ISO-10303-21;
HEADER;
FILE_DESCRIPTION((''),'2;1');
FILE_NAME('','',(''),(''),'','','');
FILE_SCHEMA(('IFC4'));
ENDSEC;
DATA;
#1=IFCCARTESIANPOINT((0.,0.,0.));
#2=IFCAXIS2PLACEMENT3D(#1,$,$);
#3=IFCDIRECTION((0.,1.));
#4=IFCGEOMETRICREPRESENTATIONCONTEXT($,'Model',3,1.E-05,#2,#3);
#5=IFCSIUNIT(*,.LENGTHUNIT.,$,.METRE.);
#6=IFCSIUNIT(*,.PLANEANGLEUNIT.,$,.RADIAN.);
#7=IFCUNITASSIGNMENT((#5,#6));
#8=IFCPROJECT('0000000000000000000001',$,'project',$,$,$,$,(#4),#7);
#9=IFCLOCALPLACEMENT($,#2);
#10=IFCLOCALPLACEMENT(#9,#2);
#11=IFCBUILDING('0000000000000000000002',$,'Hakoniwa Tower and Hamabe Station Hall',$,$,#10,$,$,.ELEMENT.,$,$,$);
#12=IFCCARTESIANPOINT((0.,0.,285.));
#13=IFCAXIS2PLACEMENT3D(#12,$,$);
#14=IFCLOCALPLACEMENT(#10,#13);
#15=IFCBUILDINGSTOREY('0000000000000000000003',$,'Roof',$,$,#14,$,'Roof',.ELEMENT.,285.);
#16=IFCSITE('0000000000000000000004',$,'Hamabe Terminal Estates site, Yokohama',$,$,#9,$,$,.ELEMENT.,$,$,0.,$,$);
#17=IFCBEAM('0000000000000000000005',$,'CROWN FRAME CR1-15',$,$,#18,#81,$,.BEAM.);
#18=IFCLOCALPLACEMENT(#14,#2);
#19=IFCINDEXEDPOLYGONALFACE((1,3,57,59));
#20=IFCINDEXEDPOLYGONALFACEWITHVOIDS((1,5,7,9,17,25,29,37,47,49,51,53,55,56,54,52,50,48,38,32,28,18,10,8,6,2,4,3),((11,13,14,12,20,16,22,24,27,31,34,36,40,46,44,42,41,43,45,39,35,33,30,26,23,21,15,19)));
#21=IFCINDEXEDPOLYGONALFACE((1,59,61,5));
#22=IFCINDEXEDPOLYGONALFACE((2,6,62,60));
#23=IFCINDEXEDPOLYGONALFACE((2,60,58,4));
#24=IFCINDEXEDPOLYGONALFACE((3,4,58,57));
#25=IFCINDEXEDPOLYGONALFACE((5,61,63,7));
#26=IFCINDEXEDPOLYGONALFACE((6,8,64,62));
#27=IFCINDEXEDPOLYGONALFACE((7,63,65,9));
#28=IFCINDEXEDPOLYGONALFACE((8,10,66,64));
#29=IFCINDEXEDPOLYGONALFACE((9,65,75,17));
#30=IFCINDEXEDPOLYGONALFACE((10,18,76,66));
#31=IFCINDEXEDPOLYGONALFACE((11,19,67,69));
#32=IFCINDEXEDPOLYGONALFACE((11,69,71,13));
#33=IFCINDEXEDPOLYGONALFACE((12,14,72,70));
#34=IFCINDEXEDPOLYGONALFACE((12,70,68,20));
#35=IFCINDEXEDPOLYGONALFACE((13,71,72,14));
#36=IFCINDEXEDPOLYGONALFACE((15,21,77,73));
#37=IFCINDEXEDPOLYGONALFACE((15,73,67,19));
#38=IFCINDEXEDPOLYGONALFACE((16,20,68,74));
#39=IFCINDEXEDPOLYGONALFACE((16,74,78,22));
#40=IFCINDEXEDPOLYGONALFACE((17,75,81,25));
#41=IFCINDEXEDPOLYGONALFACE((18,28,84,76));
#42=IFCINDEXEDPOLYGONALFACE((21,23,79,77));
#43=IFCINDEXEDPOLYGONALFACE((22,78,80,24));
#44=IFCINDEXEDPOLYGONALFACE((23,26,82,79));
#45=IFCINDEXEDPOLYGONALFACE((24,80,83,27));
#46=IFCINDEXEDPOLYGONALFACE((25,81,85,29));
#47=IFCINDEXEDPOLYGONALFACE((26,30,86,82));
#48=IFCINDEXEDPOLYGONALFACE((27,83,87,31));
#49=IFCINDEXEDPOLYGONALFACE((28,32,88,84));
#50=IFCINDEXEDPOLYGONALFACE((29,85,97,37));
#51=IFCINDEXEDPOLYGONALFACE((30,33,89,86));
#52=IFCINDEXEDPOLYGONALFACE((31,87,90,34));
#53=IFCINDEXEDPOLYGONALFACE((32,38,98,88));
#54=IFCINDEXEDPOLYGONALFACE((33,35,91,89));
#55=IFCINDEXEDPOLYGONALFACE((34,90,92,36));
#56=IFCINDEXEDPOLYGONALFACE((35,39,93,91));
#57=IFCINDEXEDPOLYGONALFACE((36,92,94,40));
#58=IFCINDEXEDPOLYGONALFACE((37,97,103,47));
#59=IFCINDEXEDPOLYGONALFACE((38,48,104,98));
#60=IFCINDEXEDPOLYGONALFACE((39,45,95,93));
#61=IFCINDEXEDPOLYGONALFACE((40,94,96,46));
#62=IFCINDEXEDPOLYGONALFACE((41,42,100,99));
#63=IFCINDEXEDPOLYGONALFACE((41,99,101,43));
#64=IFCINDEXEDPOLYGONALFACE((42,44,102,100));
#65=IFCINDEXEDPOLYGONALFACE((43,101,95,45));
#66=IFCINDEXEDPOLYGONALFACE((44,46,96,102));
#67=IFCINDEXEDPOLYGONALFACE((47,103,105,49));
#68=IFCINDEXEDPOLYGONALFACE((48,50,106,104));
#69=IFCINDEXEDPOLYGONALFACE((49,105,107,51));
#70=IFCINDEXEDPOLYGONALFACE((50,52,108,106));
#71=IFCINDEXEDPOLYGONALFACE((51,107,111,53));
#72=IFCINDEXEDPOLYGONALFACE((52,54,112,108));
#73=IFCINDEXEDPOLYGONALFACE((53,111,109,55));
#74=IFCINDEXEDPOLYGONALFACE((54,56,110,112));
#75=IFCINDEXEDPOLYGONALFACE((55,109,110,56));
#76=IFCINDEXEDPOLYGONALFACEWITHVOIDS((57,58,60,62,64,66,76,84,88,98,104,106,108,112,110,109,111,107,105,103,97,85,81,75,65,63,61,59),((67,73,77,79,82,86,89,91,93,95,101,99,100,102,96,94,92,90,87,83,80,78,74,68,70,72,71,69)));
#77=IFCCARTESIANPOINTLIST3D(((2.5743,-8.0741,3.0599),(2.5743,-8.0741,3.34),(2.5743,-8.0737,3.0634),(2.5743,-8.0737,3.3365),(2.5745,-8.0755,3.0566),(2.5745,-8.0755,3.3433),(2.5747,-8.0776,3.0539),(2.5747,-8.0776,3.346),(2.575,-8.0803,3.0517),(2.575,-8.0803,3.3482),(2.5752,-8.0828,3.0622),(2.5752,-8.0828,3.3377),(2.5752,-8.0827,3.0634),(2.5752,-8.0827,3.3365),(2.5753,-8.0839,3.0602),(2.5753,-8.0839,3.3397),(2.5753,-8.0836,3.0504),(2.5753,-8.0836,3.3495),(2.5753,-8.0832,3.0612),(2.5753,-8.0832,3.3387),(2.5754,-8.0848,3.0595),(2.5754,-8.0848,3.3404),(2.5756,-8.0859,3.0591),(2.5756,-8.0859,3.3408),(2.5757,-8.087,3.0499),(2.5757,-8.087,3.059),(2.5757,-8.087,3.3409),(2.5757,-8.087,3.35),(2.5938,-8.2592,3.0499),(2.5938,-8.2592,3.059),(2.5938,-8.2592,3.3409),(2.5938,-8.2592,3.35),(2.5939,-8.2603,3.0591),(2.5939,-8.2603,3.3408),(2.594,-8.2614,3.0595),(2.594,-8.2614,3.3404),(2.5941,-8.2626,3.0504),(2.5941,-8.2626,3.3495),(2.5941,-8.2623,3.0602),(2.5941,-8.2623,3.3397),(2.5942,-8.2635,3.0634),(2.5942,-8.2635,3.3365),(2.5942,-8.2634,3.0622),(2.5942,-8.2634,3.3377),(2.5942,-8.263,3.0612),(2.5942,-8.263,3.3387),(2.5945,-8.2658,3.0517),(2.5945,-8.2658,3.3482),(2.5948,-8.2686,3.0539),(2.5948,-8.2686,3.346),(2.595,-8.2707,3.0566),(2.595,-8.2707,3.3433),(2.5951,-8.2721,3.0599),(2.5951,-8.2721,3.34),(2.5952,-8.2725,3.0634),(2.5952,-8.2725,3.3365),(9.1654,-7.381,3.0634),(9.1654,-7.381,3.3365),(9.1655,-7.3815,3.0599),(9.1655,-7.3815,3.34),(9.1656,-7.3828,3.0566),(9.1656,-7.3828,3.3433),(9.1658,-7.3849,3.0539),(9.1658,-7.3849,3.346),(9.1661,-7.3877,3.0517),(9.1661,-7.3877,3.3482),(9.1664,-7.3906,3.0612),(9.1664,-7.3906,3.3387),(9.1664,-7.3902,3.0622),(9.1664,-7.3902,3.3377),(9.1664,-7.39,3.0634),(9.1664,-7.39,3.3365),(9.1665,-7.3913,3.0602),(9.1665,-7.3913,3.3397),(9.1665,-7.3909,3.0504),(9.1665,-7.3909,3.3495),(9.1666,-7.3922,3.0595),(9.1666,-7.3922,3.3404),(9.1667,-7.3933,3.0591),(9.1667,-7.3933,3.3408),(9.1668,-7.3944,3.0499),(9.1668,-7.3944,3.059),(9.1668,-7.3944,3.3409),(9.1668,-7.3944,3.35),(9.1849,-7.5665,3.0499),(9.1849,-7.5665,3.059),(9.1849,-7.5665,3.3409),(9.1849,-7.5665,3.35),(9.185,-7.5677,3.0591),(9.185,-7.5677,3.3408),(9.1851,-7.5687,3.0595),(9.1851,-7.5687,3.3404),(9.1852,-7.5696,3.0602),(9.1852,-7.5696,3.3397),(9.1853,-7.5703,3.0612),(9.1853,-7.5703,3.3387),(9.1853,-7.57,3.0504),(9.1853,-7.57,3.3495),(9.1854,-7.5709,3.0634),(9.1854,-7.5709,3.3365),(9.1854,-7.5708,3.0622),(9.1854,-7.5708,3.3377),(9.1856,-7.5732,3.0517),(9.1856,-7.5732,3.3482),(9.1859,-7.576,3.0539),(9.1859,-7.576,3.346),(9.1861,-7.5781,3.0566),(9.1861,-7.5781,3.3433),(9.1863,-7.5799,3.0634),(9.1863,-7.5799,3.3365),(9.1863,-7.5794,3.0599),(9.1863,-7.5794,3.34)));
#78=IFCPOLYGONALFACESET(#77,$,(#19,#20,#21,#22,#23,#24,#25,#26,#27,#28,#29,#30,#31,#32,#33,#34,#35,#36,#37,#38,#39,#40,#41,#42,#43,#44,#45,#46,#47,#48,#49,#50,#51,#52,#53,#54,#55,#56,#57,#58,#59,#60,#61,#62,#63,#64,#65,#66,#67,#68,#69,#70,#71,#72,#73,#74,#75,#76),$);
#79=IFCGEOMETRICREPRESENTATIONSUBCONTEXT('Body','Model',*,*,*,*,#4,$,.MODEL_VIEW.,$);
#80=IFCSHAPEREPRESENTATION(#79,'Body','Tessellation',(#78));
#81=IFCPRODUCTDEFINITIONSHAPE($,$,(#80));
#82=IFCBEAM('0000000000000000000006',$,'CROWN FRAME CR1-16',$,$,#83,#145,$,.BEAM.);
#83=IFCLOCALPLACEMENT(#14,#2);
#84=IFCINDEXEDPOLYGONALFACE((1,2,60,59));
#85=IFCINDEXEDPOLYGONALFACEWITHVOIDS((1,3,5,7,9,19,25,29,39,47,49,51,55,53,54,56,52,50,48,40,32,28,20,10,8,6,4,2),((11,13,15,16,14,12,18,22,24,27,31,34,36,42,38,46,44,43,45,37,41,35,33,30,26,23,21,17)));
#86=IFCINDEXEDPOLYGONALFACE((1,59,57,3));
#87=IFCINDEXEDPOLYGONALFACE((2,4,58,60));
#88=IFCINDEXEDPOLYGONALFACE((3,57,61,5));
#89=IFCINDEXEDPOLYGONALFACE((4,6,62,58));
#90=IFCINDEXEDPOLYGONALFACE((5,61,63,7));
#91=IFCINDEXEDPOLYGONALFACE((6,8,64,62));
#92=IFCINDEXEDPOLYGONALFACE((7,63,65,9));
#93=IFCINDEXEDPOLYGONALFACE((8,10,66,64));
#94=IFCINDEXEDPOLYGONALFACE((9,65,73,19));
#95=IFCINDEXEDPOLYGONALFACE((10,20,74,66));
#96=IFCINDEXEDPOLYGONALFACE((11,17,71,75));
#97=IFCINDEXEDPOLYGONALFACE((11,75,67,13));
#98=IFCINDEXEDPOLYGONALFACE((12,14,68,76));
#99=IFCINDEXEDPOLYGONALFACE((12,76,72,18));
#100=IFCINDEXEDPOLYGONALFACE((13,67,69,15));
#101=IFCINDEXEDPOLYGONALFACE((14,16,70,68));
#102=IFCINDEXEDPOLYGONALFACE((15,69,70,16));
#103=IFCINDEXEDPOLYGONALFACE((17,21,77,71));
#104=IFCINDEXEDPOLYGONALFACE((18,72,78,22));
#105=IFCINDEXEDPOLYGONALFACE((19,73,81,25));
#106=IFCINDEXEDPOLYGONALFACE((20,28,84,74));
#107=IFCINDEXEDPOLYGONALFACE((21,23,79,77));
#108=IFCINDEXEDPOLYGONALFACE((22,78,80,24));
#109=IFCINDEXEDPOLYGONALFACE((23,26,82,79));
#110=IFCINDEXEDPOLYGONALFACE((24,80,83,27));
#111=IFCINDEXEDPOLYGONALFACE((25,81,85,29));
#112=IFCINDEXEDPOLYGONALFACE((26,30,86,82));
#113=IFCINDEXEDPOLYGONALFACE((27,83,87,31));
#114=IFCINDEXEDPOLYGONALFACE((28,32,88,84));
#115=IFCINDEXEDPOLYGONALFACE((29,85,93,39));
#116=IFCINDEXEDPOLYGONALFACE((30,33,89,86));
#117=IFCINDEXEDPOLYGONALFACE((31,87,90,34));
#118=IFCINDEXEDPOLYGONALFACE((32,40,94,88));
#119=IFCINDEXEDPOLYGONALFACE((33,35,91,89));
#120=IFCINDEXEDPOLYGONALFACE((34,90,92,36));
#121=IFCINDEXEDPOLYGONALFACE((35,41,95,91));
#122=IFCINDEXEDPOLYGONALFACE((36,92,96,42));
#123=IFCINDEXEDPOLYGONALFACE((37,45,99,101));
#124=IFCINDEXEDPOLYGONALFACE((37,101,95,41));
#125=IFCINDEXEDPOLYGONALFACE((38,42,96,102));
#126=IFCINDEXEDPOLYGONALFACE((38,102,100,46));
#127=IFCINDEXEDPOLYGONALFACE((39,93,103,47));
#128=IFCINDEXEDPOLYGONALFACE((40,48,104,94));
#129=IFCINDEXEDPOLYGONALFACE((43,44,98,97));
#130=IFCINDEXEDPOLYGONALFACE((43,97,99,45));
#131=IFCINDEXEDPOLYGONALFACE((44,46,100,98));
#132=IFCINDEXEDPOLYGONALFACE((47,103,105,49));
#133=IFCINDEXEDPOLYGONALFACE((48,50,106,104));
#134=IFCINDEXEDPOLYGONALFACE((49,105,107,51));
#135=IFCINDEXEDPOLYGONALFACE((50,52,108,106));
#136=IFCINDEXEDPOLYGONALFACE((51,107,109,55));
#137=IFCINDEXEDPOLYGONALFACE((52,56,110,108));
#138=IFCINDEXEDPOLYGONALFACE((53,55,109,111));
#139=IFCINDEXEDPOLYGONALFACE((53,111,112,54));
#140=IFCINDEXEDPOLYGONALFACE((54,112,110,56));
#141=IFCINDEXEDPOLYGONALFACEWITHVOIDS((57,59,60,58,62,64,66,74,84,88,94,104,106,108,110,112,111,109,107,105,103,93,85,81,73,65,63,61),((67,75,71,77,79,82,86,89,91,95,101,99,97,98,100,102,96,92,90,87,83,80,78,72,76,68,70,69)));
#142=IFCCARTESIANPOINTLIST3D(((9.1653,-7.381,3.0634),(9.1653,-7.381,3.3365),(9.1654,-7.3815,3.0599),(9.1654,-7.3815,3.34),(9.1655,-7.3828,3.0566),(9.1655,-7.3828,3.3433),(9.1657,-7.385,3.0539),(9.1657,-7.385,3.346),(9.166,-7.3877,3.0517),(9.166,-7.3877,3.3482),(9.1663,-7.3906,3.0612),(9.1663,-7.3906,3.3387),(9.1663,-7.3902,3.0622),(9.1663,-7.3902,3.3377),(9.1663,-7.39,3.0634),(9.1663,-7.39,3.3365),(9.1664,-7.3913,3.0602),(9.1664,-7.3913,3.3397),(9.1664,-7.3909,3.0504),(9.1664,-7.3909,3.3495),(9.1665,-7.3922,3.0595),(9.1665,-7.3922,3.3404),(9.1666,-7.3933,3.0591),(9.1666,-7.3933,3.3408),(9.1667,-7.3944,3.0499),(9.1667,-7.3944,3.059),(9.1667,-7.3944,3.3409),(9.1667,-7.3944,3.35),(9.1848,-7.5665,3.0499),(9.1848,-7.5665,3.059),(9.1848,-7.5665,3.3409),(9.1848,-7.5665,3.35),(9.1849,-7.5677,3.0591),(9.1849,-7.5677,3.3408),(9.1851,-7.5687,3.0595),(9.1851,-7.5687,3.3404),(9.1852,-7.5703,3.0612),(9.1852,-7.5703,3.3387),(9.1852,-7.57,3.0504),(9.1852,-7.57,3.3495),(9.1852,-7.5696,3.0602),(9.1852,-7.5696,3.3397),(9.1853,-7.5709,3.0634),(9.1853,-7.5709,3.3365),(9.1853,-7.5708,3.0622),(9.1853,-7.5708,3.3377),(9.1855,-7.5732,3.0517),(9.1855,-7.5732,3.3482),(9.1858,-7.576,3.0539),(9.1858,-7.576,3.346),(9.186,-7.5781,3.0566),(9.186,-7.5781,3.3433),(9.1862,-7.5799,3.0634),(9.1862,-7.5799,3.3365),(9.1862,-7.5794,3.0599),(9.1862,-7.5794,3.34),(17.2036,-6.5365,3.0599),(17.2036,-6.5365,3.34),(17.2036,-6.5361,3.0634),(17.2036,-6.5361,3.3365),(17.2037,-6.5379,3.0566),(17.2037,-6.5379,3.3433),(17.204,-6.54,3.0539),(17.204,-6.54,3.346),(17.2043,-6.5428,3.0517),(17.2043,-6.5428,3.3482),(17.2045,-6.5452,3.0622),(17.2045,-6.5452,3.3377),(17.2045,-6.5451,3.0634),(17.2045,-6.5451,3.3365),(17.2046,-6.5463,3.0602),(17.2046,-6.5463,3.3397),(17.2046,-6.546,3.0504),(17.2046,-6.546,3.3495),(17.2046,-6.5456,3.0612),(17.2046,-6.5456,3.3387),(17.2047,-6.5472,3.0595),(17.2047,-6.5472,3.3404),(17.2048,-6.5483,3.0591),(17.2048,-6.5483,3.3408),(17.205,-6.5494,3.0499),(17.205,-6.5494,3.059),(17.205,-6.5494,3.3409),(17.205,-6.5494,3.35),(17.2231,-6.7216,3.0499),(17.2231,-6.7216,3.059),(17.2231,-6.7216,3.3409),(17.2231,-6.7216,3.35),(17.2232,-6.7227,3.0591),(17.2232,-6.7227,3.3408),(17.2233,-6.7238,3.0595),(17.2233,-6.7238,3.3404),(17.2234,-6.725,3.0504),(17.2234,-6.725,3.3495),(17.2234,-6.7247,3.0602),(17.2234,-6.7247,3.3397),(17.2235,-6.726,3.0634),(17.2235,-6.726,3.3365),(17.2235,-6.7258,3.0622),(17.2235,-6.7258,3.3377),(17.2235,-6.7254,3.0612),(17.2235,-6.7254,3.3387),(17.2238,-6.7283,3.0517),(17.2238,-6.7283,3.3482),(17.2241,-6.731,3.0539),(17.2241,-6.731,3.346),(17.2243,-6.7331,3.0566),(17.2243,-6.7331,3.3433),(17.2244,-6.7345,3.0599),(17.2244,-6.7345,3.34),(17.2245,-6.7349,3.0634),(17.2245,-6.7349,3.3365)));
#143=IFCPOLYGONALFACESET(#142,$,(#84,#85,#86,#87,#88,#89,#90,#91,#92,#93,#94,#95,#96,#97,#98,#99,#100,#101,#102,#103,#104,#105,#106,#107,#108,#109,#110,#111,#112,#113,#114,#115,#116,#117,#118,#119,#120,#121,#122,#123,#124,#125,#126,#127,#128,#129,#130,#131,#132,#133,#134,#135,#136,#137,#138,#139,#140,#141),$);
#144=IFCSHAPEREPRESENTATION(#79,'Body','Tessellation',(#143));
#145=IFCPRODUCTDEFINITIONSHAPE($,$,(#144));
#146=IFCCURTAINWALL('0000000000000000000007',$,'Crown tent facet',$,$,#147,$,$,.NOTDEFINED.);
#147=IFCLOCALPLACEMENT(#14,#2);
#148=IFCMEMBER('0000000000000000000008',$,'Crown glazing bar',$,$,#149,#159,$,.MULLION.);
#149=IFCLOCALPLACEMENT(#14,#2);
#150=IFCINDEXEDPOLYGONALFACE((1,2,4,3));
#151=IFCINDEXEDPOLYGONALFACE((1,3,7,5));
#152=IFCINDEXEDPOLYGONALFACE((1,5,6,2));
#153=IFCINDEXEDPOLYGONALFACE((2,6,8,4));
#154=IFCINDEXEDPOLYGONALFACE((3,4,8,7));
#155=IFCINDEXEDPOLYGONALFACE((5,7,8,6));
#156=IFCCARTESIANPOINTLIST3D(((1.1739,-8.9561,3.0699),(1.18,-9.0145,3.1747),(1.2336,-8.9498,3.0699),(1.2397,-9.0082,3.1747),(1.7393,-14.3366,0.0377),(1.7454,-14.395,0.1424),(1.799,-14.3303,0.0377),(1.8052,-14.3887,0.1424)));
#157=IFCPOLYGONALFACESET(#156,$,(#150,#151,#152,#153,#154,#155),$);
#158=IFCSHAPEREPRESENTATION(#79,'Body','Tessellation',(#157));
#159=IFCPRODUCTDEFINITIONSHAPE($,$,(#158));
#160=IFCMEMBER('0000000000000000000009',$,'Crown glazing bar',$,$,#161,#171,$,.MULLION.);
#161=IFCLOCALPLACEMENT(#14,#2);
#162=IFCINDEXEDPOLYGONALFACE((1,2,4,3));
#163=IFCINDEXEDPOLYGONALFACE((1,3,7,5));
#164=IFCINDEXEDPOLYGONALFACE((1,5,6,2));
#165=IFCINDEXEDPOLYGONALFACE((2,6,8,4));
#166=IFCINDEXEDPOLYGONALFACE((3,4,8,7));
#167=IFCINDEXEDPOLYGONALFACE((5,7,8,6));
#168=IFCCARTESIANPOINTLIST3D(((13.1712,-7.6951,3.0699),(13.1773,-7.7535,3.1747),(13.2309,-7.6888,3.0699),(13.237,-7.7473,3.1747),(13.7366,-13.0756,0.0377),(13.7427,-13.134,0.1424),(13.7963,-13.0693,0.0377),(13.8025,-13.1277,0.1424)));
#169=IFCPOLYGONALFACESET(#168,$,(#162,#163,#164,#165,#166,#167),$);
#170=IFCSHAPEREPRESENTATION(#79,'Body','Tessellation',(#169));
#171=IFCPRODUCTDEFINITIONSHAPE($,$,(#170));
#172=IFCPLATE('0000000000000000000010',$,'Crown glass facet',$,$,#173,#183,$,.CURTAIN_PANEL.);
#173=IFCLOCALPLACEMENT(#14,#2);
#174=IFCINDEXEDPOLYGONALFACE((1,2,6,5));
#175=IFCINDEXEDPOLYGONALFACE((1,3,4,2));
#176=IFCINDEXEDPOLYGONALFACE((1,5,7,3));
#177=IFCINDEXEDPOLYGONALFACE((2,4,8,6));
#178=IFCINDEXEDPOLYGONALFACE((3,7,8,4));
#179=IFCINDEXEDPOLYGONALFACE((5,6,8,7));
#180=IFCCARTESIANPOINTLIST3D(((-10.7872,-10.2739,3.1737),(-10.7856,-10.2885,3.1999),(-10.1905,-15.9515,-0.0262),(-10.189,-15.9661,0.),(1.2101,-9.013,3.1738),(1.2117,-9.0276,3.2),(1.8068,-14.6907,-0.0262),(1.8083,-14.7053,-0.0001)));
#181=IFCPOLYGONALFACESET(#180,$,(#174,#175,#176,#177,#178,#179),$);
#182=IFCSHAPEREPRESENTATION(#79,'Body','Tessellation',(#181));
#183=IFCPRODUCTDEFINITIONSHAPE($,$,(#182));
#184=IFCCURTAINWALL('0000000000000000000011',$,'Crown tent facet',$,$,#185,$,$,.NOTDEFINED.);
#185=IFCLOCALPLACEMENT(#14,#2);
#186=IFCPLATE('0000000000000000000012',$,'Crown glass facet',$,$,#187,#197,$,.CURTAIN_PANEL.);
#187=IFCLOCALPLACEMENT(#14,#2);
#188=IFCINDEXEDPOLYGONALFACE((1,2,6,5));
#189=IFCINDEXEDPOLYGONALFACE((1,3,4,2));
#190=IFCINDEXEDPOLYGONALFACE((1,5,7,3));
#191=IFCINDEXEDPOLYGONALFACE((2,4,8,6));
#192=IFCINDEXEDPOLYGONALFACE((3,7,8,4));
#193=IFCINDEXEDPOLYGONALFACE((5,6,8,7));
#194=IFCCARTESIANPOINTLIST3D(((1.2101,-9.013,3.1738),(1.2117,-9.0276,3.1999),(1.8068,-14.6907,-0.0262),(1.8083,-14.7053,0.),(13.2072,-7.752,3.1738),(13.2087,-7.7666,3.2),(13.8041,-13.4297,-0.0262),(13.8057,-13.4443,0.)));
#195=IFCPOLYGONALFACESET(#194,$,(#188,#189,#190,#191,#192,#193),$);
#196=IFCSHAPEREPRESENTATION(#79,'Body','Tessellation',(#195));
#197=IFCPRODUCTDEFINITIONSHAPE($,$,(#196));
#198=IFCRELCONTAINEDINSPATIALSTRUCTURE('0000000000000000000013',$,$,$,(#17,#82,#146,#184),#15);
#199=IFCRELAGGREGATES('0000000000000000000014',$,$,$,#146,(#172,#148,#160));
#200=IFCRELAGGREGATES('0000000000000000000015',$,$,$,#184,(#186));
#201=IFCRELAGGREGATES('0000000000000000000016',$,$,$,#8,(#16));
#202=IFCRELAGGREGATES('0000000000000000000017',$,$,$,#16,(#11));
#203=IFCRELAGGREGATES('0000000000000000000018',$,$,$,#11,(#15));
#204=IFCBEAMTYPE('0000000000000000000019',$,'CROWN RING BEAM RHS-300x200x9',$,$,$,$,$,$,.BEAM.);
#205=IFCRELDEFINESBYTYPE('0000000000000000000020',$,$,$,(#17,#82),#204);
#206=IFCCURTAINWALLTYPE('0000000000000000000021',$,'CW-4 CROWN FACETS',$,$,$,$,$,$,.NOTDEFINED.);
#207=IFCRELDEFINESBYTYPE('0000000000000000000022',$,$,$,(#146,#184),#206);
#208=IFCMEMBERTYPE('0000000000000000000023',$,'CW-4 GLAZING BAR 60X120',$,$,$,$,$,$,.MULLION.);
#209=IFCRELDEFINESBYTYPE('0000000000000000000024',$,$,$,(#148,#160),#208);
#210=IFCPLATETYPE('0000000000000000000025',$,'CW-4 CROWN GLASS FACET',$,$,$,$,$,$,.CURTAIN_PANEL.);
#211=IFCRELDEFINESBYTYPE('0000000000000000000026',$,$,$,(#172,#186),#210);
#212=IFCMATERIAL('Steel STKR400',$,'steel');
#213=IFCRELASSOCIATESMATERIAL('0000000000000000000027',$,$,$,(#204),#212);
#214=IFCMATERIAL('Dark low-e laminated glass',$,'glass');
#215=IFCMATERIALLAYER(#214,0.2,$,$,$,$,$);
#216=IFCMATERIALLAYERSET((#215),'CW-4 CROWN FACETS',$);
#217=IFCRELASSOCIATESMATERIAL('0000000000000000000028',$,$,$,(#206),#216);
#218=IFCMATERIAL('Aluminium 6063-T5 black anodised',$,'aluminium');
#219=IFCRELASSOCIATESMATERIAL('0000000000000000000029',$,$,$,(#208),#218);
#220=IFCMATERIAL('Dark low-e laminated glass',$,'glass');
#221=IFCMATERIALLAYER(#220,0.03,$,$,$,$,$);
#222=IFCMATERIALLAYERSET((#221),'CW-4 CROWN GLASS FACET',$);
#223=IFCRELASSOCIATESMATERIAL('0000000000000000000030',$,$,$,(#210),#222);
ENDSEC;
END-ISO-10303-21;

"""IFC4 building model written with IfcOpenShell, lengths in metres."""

from ifc_helpers import new_model, si_unit, direction, frame, origin, origin_2d, place, context, subcontext, project, spatial, polyline, rectangle, hollow_rectangle, outline, extrude, material, layer, layer_set, material_profile, profile_set, type_object, element, aggregate, save


model = new_model("IFC4")

# Units and contexts
model_context = context("Model", 3, precision=1e-05, world=origin(), true_north=direction((0.0, 1.0)))
body_context = subcontext(model_context, "Body", "Model", "MODEL_VIEW")
ifc_project = project(units=[si_unit("LENGTHUNIT", "METRE"), si_unit("PLANEANGLEUNIT", "RADIAN")], contexts=[model_context])

# Site, building, storey
site_placement = place(None, origin())
site = spatial("IfcSite", under=ifc_project, at=site_placement, Name="Hamabe Terminal Estates site, Yokohama", CompositionType="ELEMENT", RefElevation=0.0)
building_placement = place(site_placement, origin())
building = spatial("IfcBuilding", under=site, at=building_placement, Name="Hakoniwa Tower and Hamabe Station Hall", CompositionType="ELEMENT")
storey_placement = place(building_placement, frame((0.0, 0.0, 285.0)))
storey = spatial("IfcBuildingStorey", under=building, at=storey_placement, Name="Roof", LongName="Roof", CompositionType="ELEMENT", Elevation=285.0)

# Beams
ifc_material_1 = material(Name="Steel STKR400", Category="steel")
ifc_material_profile_1 = material_profile(ifc_material_1, hollow_rectangle(XDim=0.2, YDim=0.3, WallThickness=0.009, InnerFilletRadius=0.0044, OuterFilletRadius=0.0134, at=origin_2d()), Name="RHS-300x200x9")
ifc_profile_set_1 = profile_set([ifc_material_profile_1], Name="Steel STKR400")
beam_type = type_object("IfcBeamType", Name="CROWN RING BEAM RHS-300x200x9", PredefinedType="BEAM", material=ifc_profile_set_1)
beam_1_placement = place(storey_placement, frame((2.5847, -8.1731, 3.2), z_axis=(0.994524, 0.10451, 0.0), x_axis=(-0.10451, 0.994524, 0.0)))
element("IfcBeam", 1, at=beam_1_placement, inside=storey, type_object=beam_type, Name="CROWN FRAME CR1-15", PredefinedType="BEAM", context=body_context, shape_type="SweptSolid", body=[
    extrude(hollow_rectangle(XDim=0.2, YDim=0.3, WallThickness=0.009, InnerFilletRadius=0.0044, OuterFilletRadius=0.0134, at=origin_2d()), origin(), (0.0, 0.0, 1.0), 6.6274),
])
beam_2_placement = place(storey_placement, frame((9.1758, -7.4805, 3.2), z_axis=(0.994521, 0.104542, 0.0), x_axis=(-0.104542, 0.994521, 0.0)))
element("IfcBeam", 2, at=beam_2_placement, inside=storey, type_object=beam_type, Name="CROWN FRAME CR1-16", PredefinedType="BEAM", context=body_context, shape_type="SweptSolid", body=[
    extrude(hollow_rectangle(XDim=0.2, YDim=0.3, WallThickness=0.009, InnerFilletRadius=0.0044, OuterFilletRadius=0.0134, at=origin_2d()), origin(), (0.0, 0.0, 1.0), 8.0825),
])

# Curtain wall, members, plate
ifc_material_2 = material(Name="Dark low-e laminated glass", Category="glass")
ifc_layer_1 = layer(ifc_material_2, 0.2)
ifc_layer_set_1 = layer_set([ifc_layer_1], Name="CW-4 CROWN FACETS")
curtain_wall_type = type_object("IfcCurtainWallType", Name="CW-4 CROWN FACETS", PredefinedType="NOTDEFINED", material=ifc_layer_set_1)
curtain_wall_1_placement = place(storey_placement, origin())
curtain_wall_1 = element("IfcCurtainWall", 3, at=curtain_wall_1_placement, inside=storey, type_object=curtain_wall_type, Name="Crown tent facet", PredefinedType="NOTDEFINED")
ifc_material_3 = material(Name="Aluminium 6063-T5 black anodised", Category="aluminium")
ifc_material_profile_2 = material_profile(ifc_material_3, rectangle(XDim=0.0601, YDim=0.1201, at=origin_2d()), Name="CW-4 GLAZING BAR 60X120")
ifc_profile_set_2 = profile_set([ifc_material_profile_2], Name="Aluminium 6063-T5 black anodised")
member_type_1 = type_object("IfcMemberType", Name="CW-4 GLAZING BAR 60X120", PredefinedType="MULLION", material=ifc_profile_set_2)
member_1_placement = place(storey_placement, frame((1.2068, -8.9822, 3.1223), z_axis=(0.091172, -0.867548, -0.488926), x_axis=(0.994523, 0.104516, 0.0)))
member_1 = element("IfcMember", 4, at=member_1_placement, type_object=member_type_1, Name="Crown glazing bar", PredefinedType="MULLION", context=body_context, shape_type="SweptSolid", body=[
    extrude(rectangle(XDim=0.0601, YDim=0.1201, at=origin_2d()), origin(), (0.0, 0.0, 1.0), 6.2019),
])
member_2_placement = place(storey_placement, frame((13.2041, -7.7212, 3.1223), z_axis=(0.091172, -0.867548, -0.488926), x_axis=(0.994523, 0.104516, 0.0)))
member_2 = element("IfcMember", 5, at=member_2_placement, type_object=member_type_1, Name="Crown glazing bar", PredefinedType="MULLION", context=body_context, shape_type="SweptSolid", body=[
    extrude(rectangle(XDim=0.0601, YDim=0.1201, at=origin_2d()), origin(), (0.0, 0.0, 1.0), 6.2019),
])
ifc_material_4 = material(Name="Dark low-e laminated glass", Category="glass")
ifc_layer_2 = layer(ifc_material_4, 0.03)
ifc_layer_set_2 = layer_set([ifc_layer_2], Name="CW-4 CROWN GLASS FACET")
plate_type = type_object("IfcPlateType", Name="CW-4 CROWN GLASS FACET", PredefinedType="CURTAIN_PANEL", material=ifc_layer_set_2)
plate_1_placement = place(storey_placement, frame((1.2117, -9.0276, 3.2), z_axis=(0.051105, -0.486272, 0.872312), x_axis=(0.09117, -0.867534, -0.48895)))
plate_1 = element("IfcPlate", 6, at=plate_1_placement, type_object=plate_type, Name="Crown glass facet", PredefinedType="CURTAIN_PANEL", context=body_context, shape_type="SweptSolid", body=[
    extrude(outline(polyline([(0.0, 0.0), (6.5446, 0.0), (6.5446, -12.0634), (0.0002, -12.0634), (0.0, 0.0)])), origin(), (0.0, 0.0, -1.0), 0.03),
])
aggregate(curtain_wall_1, [plate_1, member_1, member_2])

# Curtain wall, plate
curtain_wall_2_placement = place(storey_placement, origin())
curtain_wall_2 = element("IfcCurtainWall", 7, at=curtain_wall_2_placement, inside=storey, type_object=curtain_wall_type, Name="Crown tent facet", PredefinedType="NOTDEFINED")
plate_2_placement = place(storey_placement, frame((13.2087, -7.7666, 3.2), z_axis=(0.051109, -0.486262, 0.872317), x_axis=(0.091208, -0.867535, -0.488941)))
plate_2 = element("IfcPlate", 8, at=plate_2_placement, type_object=plate_type, Name="Crown glass facet", PredefinedType="CURTAIN_PANEL", context=body_context, shape_type="SweptSolid", body=[
    extrude(outline(polyline([(0.0, 0.0), (6.5447, 0.0), (6.5444, -12.0634), (-0.0003, -12.0632), (0.0, 0.0)])), origin(), (0.0, 0.0, -1.0), 0.03),
])
aggregate(curtain_wall_2, [plate_2])

save(model, "model.ifc")
